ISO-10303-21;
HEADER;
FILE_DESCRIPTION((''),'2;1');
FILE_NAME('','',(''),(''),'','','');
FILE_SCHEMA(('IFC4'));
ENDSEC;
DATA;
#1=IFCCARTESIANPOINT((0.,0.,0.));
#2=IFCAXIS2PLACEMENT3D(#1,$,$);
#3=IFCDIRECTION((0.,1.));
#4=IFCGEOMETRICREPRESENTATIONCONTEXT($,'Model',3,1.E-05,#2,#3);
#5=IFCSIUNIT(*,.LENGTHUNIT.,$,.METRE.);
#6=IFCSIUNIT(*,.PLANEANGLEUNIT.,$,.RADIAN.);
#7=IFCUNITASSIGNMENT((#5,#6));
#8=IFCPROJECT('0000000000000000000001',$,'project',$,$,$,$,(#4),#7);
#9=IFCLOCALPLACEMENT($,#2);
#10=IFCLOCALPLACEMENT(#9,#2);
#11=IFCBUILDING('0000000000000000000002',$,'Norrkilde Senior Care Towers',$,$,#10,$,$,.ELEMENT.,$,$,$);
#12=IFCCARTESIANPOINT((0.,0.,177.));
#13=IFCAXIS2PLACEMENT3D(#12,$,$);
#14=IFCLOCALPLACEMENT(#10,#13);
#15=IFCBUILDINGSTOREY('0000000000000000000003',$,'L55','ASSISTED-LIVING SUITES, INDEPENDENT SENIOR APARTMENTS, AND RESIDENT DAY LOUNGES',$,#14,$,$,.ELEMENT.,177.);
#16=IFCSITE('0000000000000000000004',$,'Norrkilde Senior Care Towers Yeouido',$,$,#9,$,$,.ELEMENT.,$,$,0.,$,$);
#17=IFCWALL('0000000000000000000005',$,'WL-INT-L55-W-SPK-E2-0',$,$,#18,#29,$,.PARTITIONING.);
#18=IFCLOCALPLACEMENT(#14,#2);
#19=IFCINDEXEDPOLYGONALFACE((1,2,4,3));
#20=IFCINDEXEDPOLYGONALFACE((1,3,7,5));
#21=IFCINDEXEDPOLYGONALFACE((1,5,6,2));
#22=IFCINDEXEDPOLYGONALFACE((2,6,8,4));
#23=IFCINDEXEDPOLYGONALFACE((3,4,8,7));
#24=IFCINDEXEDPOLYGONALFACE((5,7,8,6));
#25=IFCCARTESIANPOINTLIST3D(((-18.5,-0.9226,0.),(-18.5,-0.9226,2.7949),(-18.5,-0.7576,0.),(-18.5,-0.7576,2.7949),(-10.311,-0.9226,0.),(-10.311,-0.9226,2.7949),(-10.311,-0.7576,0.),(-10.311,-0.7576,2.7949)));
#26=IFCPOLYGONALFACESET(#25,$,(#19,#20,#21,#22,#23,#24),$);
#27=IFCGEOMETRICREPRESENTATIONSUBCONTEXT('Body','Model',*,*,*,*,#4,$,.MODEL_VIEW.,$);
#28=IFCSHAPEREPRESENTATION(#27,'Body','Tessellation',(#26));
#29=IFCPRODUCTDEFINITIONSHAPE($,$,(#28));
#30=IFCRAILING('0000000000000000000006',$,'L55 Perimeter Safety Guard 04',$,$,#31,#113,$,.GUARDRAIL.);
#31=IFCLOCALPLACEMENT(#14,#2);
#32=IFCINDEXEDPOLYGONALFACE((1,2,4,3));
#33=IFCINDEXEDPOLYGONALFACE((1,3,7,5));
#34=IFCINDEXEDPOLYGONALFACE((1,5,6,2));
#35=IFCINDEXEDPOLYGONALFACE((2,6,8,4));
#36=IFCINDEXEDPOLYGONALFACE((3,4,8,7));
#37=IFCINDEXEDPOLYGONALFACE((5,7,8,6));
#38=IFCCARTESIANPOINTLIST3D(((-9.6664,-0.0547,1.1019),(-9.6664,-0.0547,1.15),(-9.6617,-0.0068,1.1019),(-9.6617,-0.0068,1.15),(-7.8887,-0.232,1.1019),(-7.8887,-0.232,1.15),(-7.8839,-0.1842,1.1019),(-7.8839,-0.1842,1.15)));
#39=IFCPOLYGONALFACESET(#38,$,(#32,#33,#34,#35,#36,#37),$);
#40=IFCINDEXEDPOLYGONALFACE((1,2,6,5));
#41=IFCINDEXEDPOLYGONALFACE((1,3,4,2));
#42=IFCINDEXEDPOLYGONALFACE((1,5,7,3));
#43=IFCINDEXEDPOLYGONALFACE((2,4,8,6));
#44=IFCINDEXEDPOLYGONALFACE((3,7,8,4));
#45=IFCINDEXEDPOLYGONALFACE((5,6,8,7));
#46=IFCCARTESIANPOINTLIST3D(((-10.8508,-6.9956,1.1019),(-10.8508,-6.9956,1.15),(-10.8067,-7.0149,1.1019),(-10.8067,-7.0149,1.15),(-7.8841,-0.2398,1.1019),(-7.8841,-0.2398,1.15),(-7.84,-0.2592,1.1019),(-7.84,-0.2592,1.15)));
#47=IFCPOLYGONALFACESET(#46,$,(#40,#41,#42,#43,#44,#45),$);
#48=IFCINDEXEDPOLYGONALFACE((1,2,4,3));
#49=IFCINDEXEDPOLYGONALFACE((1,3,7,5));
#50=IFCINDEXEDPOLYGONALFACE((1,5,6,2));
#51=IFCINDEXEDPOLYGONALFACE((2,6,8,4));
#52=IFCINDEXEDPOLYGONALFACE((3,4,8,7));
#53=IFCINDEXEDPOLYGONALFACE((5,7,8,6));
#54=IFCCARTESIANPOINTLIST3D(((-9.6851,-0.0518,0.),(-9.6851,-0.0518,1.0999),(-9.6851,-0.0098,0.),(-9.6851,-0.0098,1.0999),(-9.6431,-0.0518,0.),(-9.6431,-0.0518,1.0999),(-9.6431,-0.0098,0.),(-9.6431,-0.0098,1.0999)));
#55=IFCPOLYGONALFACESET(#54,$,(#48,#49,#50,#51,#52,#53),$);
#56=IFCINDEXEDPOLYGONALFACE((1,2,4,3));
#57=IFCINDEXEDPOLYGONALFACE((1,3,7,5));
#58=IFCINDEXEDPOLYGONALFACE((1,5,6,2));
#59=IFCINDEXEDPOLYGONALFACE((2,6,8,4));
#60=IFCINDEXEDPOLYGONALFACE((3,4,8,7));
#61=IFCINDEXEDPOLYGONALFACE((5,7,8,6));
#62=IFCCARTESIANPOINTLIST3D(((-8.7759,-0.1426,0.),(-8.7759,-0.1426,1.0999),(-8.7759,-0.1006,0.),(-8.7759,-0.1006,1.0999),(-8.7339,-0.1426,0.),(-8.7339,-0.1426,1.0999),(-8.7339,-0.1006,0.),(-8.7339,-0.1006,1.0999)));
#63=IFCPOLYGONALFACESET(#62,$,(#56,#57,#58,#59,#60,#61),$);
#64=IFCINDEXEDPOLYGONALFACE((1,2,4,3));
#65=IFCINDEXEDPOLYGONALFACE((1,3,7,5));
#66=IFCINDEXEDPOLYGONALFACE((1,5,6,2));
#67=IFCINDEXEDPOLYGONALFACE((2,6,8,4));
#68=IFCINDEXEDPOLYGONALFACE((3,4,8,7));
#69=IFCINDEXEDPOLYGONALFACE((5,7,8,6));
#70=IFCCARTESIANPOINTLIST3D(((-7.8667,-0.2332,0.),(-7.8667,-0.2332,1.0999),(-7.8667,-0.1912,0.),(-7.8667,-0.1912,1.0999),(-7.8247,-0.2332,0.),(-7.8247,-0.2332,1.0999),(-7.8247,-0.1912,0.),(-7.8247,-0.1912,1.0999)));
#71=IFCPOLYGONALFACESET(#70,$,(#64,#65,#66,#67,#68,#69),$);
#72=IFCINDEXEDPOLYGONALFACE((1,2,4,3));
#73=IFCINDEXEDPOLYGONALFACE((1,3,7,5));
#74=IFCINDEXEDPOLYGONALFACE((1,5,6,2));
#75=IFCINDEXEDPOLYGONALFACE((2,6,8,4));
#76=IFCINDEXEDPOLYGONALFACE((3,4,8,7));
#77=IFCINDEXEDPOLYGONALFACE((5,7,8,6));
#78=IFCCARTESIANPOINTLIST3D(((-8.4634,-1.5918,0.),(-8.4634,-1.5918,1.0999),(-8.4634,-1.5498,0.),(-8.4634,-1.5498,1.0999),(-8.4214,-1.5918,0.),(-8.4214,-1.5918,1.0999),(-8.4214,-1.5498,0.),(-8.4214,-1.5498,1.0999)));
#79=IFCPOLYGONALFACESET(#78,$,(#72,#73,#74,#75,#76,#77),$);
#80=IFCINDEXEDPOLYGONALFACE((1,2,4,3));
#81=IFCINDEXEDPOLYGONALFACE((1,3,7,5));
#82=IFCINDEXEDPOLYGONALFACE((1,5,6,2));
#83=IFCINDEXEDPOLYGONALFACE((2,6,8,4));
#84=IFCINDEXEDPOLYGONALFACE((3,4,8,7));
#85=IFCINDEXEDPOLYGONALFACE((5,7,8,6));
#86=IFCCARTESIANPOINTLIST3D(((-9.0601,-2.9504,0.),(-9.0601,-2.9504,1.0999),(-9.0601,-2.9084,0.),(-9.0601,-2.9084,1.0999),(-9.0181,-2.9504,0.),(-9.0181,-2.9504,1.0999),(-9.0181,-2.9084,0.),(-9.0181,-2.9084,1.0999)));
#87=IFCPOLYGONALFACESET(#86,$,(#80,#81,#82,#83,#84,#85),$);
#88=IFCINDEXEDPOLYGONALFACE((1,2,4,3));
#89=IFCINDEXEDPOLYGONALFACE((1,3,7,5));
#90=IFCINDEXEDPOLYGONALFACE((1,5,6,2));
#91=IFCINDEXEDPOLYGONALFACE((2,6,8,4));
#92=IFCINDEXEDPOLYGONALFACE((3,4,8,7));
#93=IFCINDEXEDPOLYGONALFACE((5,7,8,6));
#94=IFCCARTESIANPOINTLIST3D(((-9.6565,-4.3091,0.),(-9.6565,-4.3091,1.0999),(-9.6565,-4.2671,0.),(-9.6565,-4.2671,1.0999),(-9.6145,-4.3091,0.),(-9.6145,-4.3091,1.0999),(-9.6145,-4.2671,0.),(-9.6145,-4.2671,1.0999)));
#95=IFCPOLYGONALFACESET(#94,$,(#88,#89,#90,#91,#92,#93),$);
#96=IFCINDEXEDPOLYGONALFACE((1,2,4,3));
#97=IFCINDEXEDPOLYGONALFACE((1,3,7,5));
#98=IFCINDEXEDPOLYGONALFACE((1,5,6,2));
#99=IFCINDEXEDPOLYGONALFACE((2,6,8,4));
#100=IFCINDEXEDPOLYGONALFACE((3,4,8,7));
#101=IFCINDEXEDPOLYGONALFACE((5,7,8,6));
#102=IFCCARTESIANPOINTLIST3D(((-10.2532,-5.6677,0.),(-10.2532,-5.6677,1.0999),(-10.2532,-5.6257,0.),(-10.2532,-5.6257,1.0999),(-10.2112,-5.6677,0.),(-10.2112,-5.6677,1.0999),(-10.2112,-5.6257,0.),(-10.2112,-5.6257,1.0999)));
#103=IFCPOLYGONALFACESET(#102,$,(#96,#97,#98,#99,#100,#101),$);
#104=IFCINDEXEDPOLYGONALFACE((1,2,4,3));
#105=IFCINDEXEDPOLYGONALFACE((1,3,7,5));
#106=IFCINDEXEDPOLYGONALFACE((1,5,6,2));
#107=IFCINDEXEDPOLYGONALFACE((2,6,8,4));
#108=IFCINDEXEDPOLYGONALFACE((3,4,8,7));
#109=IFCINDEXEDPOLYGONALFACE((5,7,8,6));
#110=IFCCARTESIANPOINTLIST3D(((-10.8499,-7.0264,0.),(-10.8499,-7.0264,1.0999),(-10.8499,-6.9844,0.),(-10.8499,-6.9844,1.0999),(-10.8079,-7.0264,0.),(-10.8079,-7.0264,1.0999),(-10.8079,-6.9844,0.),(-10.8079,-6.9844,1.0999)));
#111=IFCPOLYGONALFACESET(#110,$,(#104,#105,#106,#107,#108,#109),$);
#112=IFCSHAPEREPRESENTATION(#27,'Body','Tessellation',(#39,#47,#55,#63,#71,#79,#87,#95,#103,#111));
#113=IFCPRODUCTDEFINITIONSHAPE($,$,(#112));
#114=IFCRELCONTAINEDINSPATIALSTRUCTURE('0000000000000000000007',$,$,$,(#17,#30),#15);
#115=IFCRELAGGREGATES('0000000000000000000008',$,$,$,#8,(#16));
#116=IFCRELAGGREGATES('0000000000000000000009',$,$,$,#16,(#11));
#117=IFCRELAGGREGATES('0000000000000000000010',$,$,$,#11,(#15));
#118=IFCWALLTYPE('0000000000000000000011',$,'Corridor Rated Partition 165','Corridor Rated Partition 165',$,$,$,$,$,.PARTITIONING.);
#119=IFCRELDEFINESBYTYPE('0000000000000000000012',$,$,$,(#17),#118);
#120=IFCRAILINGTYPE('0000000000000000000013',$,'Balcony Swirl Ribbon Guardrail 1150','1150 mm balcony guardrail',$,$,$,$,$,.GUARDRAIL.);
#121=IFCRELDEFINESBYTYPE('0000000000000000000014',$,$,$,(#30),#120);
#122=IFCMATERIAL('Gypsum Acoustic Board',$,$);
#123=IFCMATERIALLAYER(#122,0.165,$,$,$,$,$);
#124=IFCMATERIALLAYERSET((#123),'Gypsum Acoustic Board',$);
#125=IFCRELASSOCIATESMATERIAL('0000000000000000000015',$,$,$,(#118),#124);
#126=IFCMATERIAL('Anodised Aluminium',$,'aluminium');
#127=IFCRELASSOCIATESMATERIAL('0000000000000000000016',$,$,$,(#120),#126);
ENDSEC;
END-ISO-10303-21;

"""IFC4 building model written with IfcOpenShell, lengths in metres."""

from ifc_helpers import new_model, si_unit, direction, frame, frame_2d, origin, origin_2d, place, context, subcontext, project, spatial, rectangle, extrude, source, transform, mapped, material, layer, layer_set, type_object, element, save


model = new_model("IFC4")

# Units and contexts
model_context = context("Model", 3, precision=1e-05, world=origin(), true_north=direction((0.0, 1.0)))
body_context = subcontext(model_context, "Body", "Model", "MODEL_VIEW")
ifc_project = project(units=[si_unit("LENGTHUNIT", "METRE"), si_unit("PLANEANGLEUNIT", "RADIAN")], contexts=[model_context])

# Site, building, storey
site_placement = place(None, origin())
site = spatial("IfcSite", under=ifc_project, at=site_placement, Name="Norrkilde Senior Care Towers Yeouido", CompositionType="ELEMENT", RefElevation=0.0)
building_placement = place(site_placement, origin())
building = spatial("IfcBuilding", under=site, at=building_placement, Name="Norrkilde Senior Care Towers", CompositionType="ELEMENT")
storey_placement = place(building_placement, frame((0.0, 0.0, 177.0)))
storey = spatial("IfcBuildingStorey", under=building, at=storey_placement, Name="L55", Description="ASSISTED-LIVING SUITES, INDEPENDENT SENIOR APARTMENTS, AND RESIDENT DAY LOUNGES", CompositionType="ELEMENT", Elevation=177.0)

# Shared definitions
ifc_material_1 = material(Name="Anodised Aluminium", Category="aluminium")

# Wall
ifc_material_2 = material(Name="Gypsum Acoustic Board")
ifc_layer_1 = layer(ifc_material_2, 0.165)
ifc_layer_set_1 = layer_set([ifc_layer_1], Name="Gypsum Acoustic Board")
wall_type_1 = type_object("IfcWallType", Name="Corridor Rated Partition 165", Description="Corridor Rated Partition 165", PredefinedType="PARTITIONING", material=ifc_layer_set_1)
shared_shape_1 = source(origin(), body_context, "Body", "SweptSolid", [
    extrude(rectangle(XDim=8.189, YDim=0.165, at=frame_2d((4.0945, 0.0))), origin(), (0.0, 0.0, 1.0), 2.7949),
])
wall_1_placement = place(storey_placement, frame((-10.311, -0.8401, 0.0), z_axis=(0.0, 0.0, 1.0), x_axis=(-1.0, 0.0, 0.0)))
element("IfcWall", 1, at=wall_1_placement, inside=storey, type_object=wall_type_1, Name="WL-INT-L55-W-SPK-E2-0", PredefinedType="PARTITIONING", context=body_context, shape_type="MappedRepresentation", body=[
    mapped(shared_shape_1, transform((0.0, 0.0, 0.0), x_axis=(1.0, 0.0, 0.0), y_axis=(0.0, 1.0, 0.0), z_axis=(0.0, 0.0, 1.0), scale=1.0)),
])

# Railing
railing_type = type_object("IfcRailingType", Name="Balcony Swirl Ribbon Guardrail 1150", Description="1150 mm balcony guardrail", PredefinedType="GUARDRAIL", material=ifc_material_1)
railing_1_placement = place(storey_placement, frame((-9.6641, -0.0308, 0.0)))
element("IfcRailing", 2, at=railing_1_placement, inside=storey, type_object=railing_type, Name="L55 Perimeter Safety Guard 04", PredefinedType="GUARDRAIL", context=body_context, shape_type="SweptSolid", body=[
    extrude(rectangle(XDim=0.0481, YDim=0.0481, at=origin_2d()), frame((0.0, 0.0, 1.126), z_axis=(0.995061, -0.099266, 0.0), x_axis=(0.099266, 0.995061, 0.0)), (0.0, 0.0, 1.0), 1.7866),
    extrude(rectangle(XDim=0.0481, YDim=0.0481, at=origin_2d()), frame((1.802, -0.2188, 1.126), z_axis=(-0.402077, -0.915606, 0.0), x_axis=(0.915606, -0.402077, 0.0)), (0.0, 0.0, 1.0), 7.3784),
    extrude(rectangle(XDim=0.042, YDim=0.042, at=origin_2d()), origin(), (0.0, 0.0, 1.0), 1.0999),
    extrude(rectangle(XDim=0.042, YDim=0.042, at=origin_2d()), frame((0.9092, -0.0908, 0.0)), (0.0, 0.0, 1.0), 1.0999),
    extrude(rectangle(XDim=0.042, YDim=0.042, at=origin_2d()), frame((1.8184, -0.1814, 0.0)), (0.0, 0.0, 1.0), 1.0999),
    extrude(rectangle(XDim=0.042, YDim=0.042, at=origin_2d()), frame((1.2217, -1.54, 0.0)), (0.0, 0.0, 1.0), 1.0999),
    extrude(rectangle(XDim=0.042, YDim=0.042, at=origin_2d()), frame((0.625, -2.8987, 0.0)), (0.0, 0.0, 1.0), 1.0999),
    extrude(rectangle(XDim=0.042, YDim=0.042, at=origin_2d()), frame((0.0286, -4.2573, 0.0)), (0.0, 0.0, 1.0), 1.0999),
    extrude(rectangle(XDim=0.042, YDim=0.042, at=origin_2d()), frame((-0.5681, -5.616, 0.0)), (0.0, 0.0, 1.0), 1.0999),
    extrude(rectangle(XDim=0.042, YDim=0.042, at=origin_2d()), frame((-1.1648, -6.9746, 0.0)), (0.0, 0.0, 1.0), 1.0999),
])

save(model, "model.ifc")
